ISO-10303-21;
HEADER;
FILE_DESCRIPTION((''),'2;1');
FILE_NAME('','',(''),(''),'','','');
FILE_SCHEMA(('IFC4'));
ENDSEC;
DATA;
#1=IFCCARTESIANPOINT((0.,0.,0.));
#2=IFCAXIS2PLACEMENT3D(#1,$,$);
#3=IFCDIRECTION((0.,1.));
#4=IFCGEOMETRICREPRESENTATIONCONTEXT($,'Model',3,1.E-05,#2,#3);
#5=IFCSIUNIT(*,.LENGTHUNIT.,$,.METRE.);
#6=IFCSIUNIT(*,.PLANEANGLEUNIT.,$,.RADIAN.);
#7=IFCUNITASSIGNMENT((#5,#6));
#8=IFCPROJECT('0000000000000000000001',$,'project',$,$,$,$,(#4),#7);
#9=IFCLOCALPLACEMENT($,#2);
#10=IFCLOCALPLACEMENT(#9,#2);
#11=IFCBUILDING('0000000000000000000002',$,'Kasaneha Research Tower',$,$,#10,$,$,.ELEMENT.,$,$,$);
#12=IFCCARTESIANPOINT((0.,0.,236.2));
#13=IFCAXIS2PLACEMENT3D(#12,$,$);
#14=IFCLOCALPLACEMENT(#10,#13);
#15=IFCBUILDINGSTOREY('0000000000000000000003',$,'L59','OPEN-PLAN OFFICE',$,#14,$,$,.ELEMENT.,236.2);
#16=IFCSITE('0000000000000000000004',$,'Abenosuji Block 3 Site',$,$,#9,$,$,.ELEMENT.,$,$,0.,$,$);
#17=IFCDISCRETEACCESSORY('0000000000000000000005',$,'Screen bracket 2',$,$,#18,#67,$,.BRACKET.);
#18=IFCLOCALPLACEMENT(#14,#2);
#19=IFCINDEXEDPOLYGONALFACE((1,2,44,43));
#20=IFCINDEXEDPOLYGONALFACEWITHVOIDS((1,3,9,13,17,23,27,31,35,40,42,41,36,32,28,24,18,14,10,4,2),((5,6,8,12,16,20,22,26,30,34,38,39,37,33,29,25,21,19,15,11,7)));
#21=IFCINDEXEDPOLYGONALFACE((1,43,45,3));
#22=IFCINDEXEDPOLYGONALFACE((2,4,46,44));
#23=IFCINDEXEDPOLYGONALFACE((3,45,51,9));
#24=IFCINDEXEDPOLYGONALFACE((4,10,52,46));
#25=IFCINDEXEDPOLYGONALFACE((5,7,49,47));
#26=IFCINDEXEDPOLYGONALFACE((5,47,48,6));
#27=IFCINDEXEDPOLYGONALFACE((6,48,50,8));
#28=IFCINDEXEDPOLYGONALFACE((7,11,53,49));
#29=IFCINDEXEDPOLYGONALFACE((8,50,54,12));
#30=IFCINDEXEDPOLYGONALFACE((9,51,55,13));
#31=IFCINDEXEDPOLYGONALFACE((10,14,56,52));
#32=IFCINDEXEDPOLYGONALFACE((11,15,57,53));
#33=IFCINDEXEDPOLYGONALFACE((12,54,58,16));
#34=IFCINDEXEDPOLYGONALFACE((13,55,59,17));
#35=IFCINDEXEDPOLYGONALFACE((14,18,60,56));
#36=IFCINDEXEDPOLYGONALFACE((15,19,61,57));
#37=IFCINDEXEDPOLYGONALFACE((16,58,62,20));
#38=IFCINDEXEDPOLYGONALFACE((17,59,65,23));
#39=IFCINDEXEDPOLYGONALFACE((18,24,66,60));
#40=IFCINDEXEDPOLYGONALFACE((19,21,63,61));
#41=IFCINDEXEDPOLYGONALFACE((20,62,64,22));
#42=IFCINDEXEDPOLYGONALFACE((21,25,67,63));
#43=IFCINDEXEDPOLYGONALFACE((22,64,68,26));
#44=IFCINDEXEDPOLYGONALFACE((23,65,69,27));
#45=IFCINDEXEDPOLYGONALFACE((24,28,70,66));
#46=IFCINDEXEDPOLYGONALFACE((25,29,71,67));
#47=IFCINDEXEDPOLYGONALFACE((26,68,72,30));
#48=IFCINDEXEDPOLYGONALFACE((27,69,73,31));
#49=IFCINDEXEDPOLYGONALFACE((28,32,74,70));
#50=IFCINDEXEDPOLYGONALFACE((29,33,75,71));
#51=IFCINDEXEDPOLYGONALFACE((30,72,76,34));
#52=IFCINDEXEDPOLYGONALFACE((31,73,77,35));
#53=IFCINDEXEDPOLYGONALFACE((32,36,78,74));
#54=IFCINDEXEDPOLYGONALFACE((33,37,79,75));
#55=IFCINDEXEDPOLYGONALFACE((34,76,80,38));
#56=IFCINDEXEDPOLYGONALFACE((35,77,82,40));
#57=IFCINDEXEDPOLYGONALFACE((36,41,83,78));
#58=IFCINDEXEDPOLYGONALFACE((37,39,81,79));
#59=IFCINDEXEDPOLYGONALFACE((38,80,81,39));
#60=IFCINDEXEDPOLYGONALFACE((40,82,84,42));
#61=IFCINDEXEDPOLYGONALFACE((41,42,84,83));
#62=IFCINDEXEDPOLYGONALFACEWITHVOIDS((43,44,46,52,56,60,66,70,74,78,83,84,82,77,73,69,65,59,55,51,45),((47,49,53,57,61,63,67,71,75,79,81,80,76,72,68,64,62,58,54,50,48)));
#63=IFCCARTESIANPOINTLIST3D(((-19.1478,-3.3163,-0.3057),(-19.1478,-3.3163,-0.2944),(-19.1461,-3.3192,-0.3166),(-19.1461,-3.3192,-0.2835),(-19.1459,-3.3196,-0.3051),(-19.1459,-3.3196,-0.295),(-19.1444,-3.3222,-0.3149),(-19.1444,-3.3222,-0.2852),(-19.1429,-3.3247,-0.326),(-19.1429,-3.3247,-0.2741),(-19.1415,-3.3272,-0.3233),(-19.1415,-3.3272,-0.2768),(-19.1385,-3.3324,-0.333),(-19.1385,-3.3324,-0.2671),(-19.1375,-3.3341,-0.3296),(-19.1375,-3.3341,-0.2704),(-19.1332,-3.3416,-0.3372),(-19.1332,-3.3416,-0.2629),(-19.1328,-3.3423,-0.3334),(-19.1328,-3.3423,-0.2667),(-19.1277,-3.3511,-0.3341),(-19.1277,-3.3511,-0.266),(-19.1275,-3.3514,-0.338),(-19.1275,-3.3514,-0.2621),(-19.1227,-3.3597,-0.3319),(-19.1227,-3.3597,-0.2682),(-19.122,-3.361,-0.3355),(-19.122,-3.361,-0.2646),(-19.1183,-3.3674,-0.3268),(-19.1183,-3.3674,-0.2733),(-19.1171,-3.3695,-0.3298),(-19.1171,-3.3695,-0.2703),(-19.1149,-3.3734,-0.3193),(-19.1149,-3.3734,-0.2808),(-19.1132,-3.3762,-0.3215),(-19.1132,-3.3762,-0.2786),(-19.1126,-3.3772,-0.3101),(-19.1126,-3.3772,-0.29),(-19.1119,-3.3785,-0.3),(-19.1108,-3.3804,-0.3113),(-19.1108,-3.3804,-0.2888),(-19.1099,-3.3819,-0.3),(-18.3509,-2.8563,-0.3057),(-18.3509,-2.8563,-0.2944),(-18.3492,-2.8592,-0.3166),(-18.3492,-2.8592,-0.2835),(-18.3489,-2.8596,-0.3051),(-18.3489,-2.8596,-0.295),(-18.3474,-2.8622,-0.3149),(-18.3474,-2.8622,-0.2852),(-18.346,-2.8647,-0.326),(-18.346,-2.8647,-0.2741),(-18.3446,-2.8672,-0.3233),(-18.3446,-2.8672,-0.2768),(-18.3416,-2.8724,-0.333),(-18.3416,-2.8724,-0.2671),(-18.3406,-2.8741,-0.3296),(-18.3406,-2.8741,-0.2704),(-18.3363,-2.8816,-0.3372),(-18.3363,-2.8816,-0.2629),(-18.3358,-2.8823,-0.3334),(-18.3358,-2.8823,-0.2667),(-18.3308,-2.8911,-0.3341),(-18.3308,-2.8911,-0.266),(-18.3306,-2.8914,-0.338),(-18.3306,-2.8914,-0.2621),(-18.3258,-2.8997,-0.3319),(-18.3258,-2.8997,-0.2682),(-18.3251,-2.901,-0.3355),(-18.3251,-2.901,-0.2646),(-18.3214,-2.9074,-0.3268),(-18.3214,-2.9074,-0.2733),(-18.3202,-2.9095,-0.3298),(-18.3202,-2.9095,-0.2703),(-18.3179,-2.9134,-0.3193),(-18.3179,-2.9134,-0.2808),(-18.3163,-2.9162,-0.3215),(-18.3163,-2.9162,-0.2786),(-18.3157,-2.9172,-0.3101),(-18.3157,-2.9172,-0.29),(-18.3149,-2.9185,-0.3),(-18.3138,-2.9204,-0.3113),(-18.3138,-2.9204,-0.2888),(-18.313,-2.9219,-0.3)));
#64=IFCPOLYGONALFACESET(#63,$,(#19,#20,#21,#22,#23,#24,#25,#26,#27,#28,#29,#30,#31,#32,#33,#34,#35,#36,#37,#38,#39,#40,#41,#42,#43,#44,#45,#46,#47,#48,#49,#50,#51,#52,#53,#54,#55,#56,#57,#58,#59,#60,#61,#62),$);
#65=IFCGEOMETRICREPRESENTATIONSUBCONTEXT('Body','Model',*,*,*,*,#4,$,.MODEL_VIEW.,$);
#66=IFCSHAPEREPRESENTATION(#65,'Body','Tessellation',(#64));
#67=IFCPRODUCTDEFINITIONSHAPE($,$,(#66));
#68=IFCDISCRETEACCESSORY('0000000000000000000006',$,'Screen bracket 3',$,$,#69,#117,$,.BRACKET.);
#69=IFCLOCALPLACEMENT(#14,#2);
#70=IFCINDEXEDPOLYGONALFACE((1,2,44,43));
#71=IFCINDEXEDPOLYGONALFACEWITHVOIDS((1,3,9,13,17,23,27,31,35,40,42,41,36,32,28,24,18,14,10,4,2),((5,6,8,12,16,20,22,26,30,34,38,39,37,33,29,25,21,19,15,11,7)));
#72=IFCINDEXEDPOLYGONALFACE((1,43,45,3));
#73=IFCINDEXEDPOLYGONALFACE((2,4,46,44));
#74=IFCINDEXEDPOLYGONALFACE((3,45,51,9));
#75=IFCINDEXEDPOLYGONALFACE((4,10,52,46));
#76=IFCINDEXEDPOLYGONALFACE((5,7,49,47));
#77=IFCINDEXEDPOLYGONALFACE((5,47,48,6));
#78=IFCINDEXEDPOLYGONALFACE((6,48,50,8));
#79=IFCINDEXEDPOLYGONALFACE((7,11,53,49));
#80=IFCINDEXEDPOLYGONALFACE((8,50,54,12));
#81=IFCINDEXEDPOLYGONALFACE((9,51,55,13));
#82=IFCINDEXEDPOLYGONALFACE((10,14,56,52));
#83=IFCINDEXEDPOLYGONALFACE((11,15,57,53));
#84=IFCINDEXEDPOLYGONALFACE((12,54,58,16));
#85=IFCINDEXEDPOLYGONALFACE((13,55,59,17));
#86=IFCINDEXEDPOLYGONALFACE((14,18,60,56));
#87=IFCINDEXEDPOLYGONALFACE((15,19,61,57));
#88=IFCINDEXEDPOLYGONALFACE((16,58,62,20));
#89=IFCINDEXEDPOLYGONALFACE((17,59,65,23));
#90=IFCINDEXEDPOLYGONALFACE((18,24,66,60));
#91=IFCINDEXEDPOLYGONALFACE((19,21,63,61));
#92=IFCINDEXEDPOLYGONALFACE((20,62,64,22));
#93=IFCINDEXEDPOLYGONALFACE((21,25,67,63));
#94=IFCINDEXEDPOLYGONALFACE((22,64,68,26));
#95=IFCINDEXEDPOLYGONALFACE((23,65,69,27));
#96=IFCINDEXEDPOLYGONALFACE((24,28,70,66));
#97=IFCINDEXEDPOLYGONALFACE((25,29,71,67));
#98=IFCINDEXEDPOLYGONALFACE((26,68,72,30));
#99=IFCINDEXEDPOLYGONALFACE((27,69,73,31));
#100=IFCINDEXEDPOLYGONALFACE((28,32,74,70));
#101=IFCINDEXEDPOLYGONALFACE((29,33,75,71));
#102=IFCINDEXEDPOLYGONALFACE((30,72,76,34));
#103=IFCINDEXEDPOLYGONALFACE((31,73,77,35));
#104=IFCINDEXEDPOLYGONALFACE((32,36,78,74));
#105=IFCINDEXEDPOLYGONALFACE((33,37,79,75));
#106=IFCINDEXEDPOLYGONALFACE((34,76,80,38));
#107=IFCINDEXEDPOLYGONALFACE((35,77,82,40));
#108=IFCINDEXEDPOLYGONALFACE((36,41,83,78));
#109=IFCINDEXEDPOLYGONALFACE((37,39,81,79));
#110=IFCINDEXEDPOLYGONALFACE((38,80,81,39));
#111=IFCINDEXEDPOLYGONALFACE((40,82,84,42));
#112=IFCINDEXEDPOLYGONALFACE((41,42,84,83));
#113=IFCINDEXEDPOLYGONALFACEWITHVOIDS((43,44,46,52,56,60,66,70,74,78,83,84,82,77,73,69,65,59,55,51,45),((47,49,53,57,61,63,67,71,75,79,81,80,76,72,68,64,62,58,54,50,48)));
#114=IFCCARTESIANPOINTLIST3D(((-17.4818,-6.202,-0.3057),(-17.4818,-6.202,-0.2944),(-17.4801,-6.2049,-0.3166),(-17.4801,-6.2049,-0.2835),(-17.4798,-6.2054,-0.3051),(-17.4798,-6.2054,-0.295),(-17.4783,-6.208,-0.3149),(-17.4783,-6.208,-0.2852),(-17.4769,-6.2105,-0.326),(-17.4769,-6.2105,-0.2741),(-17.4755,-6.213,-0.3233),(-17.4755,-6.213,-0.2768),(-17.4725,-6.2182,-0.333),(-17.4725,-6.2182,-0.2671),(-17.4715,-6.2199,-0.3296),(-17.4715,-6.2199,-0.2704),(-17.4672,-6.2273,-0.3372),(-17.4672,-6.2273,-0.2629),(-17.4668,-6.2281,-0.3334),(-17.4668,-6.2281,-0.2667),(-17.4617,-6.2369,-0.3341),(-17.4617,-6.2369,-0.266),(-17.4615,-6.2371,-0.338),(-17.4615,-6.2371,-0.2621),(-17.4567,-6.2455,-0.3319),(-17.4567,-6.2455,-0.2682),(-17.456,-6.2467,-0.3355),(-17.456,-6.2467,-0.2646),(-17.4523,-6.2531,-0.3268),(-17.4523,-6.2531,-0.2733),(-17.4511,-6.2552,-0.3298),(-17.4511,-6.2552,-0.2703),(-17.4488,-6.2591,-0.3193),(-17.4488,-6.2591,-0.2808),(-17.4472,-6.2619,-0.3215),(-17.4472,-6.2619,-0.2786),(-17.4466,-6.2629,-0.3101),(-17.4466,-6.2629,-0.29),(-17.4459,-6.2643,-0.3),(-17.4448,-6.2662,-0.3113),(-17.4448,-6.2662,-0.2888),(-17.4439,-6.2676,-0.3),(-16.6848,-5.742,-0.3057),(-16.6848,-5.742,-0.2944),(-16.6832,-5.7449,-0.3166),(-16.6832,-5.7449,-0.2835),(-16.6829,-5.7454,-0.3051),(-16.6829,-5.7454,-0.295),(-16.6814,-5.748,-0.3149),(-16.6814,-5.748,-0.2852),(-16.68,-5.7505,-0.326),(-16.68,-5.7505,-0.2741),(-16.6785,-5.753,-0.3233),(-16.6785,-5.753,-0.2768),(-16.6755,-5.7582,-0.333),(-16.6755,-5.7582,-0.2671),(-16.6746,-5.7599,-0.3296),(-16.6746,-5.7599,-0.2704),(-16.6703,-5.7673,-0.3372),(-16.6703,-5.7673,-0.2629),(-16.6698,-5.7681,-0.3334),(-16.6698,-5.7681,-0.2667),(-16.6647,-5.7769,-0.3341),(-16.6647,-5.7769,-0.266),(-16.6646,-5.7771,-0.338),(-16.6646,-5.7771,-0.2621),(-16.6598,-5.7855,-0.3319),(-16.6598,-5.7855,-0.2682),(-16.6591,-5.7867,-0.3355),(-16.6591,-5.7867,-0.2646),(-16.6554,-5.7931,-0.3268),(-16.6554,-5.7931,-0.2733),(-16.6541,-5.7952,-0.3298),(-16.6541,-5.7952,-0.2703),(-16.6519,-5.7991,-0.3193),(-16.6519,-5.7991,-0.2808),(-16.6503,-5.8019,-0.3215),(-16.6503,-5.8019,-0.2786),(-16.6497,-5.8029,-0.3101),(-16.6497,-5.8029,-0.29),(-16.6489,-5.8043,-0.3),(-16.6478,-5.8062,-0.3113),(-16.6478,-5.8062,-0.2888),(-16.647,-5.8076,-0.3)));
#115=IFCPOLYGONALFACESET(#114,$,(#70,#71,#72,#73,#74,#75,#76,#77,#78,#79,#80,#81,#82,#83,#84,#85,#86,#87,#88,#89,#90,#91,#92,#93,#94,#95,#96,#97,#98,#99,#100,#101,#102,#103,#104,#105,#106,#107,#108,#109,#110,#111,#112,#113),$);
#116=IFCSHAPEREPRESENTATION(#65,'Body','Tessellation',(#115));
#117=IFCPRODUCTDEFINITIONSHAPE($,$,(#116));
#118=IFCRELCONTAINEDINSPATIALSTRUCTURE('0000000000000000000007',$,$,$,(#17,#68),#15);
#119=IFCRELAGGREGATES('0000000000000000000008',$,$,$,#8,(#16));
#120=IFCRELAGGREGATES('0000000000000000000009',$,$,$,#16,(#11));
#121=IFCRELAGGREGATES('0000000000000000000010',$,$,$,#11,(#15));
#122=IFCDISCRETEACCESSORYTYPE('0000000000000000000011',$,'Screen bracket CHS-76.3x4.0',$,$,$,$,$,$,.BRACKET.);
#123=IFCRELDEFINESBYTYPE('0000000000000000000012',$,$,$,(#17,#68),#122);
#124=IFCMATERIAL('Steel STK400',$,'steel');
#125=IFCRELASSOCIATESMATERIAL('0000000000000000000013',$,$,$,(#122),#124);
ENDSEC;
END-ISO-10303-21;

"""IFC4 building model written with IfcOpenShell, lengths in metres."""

from ifc_helpers import new_model, si_unit, direction, frame, origin, origin_2d, place, context, subcontext, project, spatial, hollow_circle, extrude, material, material_profile, profile_set, type_object, element, save


model = new_model("IFC4")

# Units and contexts
model_context = context("Model", 3, precision=1e-05, world=origin(), true_north=direction((0.0, 1.0)))
body_context = subcontext(model_context, "Body", "Model", "MODEL_VIEW")
ifc_project = project(units=[si_unit("LENGTHUNIT", "METRE"), si_unit("PLANEANGLEUNIT", "RADIAN")], contexts=[model_context])

# Site, building, storey
site_placement = place(None, origin())
site = spatial("IfcSite", under=ifc_project, at=site_placement, Name="Abenosuji Block 3 Site", CompositionType="ELEMENT", RefElevation=0.0)
building_placement = place(site_placement, origin())
building = spatial("IfcBuilding", under=site, at=building_placement, Name="Kasaneha Research Tower", CompositionType="ELEMENT")
storey_placement = place(building_placement, frame((0.0, 0.0, 236.2)))
storey = spatial("IfcBuildingStorey", under=building, at=storey_placement, Name="L59", Description="OPEN-PLAN OFFICE", CompositionType="ELEMENT", Elevation=236.2)

# Discrete accessories
ifc_material_1 = material(Name="Steel STK400", Category="steel")
ifc_material_profile_1 = material_profile(ifc_material_1, hollow_circle(Radius=0.0381, WallThickness=0.0039, at=origin_2d()), Name="CHS-76.3x4.0")
ifc_profile_set_1 = profile_set([ifc_material_profile_1], Name="Steel STK400")
discrete_accessory_type = type_object("IfcDiscreteAccessoryType", Name="Screen bracket CHS-76.3x4.0", PredefinedType="BRACKET", material=ifc_profile_set_1)
for number, where, z_axis, x_axis, name in (
    (1, (-18.332, -2.8889, -0.3), (-0.86608, -0.499906, 0.0), (0.499906, -0.86608, 0.0), "Screen bracket 2"),
    (2, (-16.666, -5.7747, -0.3), (-0.86608, -0.499906, 0.0), (0.499906, -0.86608, 0.0), "Screen bracket 3"),
):
    element("IfcDiscreteAccessory", number, at=place(storey_placement, frame(where, z_axis=z_axis, x_axis=x_axis)), inside=storey, type_object=discrete_accessory_type, Name=name, PredefinedType="BRACKET", context=body_context, shape_type="SweptSolid", body=[
        extrude(hollow_circle(Radius=0.0381, WallThickness=0.0039, at=origin_2d()), origin(), (0.0, 0.0, 1.0), 0.9202),
    ])

save(model, "model.ifc")
